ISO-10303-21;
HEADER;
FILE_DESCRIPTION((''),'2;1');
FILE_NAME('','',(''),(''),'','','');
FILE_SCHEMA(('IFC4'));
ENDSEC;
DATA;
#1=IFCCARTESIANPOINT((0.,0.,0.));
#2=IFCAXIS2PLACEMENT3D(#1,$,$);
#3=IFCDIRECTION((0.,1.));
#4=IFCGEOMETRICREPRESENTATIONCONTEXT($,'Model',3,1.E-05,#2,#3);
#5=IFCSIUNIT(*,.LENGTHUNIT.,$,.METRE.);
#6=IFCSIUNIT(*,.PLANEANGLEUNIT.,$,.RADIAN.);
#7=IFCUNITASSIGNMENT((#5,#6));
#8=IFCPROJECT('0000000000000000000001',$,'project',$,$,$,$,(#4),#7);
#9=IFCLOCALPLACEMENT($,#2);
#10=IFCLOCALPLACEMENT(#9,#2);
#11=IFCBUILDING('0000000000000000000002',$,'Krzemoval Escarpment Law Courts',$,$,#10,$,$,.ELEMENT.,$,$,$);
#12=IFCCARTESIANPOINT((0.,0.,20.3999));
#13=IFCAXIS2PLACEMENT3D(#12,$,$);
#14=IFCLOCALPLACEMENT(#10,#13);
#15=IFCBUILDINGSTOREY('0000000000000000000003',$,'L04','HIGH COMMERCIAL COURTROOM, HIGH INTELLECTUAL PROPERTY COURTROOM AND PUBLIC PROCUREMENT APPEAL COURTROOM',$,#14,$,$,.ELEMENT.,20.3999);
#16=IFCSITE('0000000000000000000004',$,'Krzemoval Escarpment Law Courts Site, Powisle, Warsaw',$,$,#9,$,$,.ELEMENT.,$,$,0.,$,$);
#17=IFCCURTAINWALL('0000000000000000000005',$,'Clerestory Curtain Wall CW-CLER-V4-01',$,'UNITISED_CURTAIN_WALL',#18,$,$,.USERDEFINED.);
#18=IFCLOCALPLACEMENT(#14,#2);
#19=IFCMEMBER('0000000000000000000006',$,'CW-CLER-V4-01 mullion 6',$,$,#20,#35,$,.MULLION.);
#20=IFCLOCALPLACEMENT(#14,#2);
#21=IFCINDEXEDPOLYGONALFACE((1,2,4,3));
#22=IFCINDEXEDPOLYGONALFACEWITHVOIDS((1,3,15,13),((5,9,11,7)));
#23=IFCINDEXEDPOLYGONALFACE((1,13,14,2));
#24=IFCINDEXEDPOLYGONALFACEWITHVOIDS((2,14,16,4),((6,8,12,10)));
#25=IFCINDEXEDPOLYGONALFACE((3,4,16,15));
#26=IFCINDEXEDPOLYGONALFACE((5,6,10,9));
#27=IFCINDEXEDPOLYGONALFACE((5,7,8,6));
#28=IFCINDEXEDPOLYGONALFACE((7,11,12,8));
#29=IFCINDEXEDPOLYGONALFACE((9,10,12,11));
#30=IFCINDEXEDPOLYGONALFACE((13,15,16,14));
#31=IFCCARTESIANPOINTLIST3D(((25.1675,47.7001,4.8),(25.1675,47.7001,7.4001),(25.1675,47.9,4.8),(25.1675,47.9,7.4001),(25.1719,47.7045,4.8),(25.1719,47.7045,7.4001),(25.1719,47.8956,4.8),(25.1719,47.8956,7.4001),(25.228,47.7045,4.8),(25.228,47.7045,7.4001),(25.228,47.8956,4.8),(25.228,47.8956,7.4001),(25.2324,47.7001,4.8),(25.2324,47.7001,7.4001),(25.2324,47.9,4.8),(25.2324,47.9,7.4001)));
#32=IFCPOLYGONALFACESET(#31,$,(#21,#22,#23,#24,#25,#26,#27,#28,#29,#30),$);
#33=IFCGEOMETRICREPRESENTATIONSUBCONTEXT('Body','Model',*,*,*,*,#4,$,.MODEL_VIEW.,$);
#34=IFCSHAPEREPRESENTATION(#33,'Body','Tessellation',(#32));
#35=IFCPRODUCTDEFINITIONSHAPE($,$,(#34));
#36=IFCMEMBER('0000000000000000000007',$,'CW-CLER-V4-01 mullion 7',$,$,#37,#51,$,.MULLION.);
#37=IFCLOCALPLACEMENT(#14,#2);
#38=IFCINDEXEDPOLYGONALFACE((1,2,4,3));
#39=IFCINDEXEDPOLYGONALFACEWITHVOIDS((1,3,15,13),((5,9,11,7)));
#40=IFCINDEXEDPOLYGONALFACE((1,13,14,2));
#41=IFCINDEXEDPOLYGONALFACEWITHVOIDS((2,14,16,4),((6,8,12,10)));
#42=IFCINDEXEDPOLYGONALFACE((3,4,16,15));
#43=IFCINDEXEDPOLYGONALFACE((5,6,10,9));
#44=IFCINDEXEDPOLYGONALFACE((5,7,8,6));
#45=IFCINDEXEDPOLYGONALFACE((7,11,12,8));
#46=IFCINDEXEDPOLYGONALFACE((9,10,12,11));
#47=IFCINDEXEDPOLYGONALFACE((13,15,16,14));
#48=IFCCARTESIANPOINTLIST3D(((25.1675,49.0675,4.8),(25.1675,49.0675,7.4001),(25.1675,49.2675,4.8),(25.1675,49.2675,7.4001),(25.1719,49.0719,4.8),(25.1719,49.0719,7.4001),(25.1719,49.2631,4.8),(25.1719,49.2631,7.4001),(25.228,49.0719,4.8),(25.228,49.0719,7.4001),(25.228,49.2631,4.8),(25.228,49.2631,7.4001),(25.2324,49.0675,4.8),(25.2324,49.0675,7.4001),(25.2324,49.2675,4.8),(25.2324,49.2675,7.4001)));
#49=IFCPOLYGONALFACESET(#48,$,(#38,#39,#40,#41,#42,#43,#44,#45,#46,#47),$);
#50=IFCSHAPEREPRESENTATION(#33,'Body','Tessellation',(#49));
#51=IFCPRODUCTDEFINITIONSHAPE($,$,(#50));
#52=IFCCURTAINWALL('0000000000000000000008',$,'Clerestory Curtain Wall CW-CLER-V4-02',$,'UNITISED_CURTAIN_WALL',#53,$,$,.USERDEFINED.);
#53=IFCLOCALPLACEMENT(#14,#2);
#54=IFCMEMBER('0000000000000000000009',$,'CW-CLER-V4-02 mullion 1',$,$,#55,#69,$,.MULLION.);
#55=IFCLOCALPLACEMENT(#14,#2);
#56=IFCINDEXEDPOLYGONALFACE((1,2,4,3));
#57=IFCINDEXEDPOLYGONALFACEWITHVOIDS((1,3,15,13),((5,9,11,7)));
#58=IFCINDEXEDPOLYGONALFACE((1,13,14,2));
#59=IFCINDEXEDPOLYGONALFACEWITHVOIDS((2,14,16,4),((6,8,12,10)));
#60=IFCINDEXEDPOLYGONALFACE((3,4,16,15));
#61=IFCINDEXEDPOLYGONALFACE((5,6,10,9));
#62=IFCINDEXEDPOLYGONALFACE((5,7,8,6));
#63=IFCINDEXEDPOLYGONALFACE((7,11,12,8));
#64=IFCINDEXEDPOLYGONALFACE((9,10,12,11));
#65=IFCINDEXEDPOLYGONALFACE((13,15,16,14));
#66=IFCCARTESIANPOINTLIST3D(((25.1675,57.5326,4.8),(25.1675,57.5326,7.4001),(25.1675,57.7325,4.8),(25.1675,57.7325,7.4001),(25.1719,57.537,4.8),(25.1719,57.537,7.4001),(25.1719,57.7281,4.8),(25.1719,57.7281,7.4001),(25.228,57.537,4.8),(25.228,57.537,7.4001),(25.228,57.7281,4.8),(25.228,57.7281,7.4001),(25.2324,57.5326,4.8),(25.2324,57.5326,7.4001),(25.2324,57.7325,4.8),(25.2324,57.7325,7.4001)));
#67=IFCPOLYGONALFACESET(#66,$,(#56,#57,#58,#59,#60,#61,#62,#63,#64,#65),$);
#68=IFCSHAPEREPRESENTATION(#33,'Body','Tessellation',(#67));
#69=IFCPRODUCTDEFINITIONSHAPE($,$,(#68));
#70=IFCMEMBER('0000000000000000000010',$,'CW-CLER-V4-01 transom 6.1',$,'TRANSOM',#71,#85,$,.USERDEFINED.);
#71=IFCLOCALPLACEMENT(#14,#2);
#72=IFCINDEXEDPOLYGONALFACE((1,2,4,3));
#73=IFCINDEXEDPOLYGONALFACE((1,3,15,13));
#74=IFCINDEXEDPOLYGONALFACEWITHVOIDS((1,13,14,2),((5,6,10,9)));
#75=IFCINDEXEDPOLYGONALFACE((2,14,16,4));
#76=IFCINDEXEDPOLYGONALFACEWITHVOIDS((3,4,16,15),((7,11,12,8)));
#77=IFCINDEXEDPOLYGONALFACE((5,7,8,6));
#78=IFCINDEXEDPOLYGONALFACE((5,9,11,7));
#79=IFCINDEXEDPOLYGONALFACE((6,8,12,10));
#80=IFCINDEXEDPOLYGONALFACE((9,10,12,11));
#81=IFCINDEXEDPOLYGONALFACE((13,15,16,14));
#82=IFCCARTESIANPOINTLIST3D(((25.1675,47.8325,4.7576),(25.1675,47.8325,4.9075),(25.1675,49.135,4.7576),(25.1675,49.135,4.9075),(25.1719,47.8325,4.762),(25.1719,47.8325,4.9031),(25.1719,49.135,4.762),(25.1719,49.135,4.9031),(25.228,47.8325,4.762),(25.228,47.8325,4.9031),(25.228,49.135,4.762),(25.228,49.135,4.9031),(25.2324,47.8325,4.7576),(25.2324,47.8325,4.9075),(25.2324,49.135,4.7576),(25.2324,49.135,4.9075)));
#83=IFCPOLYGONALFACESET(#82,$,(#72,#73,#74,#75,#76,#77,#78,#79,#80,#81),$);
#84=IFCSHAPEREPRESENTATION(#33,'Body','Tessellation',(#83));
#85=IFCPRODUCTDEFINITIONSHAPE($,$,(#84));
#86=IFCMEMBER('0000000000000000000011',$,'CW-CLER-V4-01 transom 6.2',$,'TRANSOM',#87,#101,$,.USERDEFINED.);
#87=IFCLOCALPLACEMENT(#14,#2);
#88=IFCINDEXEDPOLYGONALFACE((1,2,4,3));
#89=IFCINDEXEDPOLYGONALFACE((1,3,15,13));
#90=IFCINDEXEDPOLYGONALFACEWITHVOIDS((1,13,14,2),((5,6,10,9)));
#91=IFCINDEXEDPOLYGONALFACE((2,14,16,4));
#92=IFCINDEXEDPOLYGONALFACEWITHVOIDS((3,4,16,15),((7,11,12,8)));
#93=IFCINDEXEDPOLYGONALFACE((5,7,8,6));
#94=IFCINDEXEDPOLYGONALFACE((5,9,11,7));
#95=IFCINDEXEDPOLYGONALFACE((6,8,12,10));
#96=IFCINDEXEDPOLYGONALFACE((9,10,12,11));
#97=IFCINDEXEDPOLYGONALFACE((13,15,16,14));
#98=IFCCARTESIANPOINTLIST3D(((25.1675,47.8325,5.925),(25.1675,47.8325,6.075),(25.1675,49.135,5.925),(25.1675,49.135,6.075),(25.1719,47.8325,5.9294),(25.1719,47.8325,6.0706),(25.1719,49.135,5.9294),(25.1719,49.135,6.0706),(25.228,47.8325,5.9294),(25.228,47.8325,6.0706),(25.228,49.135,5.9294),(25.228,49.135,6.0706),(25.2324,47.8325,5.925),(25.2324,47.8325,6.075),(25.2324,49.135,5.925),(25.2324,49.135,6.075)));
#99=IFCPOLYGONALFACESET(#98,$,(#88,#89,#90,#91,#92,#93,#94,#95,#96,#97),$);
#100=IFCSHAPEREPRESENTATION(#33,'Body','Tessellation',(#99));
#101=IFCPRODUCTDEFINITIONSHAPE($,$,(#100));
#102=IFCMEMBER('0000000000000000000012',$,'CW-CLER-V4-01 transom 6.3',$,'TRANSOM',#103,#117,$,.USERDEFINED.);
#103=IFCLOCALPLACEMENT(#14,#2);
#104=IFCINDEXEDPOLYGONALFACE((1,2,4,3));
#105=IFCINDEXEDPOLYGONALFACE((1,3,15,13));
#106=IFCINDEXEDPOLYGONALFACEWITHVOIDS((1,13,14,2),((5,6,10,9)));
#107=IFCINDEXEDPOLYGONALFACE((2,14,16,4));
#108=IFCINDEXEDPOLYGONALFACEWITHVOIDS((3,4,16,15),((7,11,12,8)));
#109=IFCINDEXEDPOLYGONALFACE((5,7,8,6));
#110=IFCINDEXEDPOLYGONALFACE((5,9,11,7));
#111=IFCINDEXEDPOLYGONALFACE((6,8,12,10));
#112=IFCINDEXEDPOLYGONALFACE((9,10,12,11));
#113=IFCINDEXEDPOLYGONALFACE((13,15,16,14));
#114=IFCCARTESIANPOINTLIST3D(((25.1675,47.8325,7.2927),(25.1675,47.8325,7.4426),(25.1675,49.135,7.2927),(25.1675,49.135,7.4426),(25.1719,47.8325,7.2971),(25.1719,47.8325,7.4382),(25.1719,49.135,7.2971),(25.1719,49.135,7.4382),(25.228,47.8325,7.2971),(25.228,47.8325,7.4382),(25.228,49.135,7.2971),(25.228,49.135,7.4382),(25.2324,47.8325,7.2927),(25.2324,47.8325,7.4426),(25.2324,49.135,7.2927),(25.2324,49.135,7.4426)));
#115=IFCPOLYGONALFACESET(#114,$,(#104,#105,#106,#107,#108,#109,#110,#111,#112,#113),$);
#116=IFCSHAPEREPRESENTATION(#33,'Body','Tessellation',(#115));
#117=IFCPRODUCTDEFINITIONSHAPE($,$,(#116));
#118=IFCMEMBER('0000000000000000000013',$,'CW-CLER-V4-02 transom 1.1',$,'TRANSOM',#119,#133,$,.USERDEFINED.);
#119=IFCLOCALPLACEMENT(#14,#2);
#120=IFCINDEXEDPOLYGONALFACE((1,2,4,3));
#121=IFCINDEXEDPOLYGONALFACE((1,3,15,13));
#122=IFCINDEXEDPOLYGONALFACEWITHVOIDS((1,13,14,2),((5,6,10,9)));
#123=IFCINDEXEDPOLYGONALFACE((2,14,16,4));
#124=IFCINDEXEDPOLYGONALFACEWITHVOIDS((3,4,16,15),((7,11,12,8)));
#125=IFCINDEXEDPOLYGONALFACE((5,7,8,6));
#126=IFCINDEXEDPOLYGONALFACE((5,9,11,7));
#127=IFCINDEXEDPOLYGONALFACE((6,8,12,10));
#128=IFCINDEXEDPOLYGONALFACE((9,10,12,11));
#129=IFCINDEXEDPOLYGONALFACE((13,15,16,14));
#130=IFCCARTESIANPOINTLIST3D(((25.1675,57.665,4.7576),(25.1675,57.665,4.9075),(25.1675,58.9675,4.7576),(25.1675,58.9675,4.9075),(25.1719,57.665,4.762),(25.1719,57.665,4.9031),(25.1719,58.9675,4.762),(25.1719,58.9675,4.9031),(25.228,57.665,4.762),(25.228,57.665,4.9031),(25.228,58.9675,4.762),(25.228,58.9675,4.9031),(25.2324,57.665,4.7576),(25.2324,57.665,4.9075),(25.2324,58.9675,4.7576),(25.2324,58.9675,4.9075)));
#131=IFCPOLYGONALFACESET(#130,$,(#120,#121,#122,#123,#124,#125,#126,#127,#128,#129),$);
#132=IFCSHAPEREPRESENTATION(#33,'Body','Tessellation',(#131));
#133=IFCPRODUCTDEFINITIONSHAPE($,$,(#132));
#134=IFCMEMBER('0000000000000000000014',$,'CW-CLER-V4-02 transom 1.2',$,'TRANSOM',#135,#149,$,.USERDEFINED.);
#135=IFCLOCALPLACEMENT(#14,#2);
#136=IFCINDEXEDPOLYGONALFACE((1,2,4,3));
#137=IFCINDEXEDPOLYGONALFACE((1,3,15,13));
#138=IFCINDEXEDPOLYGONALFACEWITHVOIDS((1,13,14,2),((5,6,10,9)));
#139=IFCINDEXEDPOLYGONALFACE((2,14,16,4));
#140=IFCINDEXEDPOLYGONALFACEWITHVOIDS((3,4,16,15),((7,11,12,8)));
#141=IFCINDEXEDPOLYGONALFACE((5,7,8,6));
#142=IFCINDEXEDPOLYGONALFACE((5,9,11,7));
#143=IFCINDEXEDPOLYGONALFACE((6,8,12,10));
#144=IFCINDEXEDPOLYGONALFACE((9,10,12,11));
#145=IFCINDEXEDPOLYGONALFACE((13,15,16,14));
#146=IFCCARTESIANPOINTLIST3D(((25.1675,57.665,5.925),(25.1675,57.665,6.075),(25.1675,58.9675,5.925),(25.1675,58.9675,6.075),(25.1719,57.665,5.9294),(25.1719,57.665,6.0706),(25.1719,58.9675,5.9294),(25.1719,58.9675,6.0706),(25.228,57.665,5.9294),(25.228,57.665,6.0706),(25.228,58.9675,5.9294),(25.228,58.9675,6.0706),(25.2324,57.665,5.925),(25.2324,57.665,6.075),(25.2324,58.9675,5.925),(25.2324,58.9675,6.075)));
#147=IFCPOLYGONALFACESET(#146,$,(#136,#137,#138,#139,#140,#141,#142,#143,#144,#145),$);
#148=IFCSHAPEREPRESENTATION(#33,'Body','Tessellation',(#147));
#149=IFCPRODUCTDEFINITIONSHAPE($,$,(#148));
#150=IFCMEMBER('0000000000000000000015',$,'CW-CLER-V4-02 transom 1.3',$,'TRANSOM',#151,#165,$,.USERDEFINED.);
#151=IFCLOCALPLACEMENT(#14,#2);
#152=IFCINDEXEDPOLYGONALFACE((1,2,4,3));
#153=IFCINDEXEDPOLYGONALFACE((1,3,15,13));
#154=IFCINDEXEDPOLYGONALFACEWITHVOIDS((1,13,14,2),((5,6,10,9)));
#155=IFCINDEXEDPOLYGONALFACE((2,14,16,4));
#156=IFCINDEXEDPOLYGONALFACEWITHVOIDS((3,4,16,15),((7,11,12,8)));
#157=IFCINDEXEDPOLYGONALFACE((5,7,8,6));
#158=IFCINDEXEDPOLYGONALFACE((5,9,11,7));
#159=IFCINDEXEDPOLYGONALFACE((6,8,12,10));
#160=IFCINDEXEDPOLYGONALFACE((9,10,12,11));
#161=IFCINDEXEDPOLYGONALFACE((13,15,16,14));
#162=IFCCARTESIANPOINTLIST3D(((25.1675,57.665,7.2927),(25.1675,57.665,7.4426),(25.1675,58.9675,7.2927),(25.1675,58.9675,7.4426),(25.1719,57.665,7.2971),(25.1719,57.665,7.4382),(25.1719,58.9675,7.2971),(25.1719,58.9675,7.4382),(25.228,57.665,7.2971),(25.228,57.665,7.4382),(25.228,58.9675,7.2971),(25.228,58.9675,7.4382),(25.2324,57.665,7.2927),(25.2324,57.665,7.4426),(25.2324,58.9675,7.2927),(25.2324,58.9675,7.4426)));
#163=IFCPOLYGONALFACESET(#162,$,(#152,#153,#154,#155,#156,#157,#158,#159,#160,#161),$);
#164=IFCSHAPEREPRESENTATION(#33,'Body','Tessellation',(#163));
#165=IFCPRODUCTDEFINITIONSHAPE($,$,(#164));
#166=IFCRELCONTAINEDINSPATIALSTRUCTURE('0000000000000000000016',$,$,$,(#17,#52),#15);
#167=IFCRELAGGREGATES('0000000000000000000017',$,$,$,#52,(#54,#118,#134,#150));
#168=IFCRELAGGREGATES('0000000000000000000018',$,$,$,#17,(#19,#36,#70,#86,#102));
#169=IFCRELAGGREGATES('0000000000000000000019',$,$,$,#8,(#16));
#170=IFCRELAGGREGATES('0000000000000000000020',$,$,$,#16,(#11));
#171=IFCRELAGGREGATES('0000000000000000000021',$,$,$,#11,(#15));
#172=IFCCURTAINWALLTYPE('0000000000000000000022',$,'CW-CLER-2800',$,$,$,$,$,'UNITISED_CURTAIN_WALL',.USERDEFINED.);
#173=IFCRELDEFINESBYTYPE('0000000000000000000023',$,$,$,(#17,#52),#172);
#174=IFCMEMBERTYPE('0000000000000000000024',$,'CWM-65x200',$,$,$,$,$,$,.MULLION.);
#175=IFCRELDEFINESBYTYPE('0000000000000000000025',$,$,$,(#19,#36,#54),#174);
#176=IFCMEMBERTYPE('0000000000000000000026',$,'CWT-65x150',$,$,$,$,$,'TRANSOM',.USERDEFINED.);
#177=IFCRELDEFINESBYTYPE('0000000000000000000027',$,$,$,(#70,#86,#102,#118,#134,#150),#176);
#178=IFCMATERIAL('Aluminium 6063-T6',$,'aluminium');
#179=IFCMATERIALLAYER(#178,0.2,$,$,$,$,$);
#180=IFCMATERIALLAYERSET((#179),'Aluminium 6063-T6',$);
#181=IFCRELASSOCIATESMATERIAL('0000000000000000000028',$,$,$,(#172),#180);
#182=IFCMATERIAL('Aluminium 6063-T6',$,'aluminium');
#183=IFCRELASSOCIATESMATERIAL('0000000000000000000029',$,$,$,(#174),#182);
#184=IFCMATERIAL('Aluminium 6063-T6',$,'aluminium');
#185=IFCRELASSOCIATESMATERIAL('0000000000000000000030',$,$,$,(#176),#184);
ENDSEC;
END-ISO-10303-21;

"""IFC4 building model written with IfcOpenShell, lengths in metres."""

from ifc_helpers import new_model, si_unit, direction, frame, origin, origin_2d, place, context, subcontext, project, spatial, hollow_rectangle, extrude, material, layer, layer_set, material_profile, profile_set, type_object, element, aggregate, save


model = new_model("IFC4")

# Units and contexts
model_context = context("Model", 3, precision=1e-05, world=origin(), true_north=direction((0.0, 1.0)))
body_context = subcontext(model_context, "Body", "Model", "MODEL_VIEW")
ifc_project = project(units=[si_unit("LENGTHUNIT", "METRE"), si_unit("PLANEANGLEUNIT", "RADIAN")], contexts=[model_context])

# Site, building, storey
site_placement = place(None, origin())
site = spatial("IfcSite", under=ifc_project, at=site_placement, Name="Krzemoval Escarpment Law Courts Site, Powisle, Warsaw", CompositionType="ELEMENT", RefElevation=0.0)
building_placement = place(site_placement, origin())
building = spatial("IfcBuilding", under=site, at=building_placement, Name="Krzemoval Escarpment Law Courts", CompositionType="ELEMENT")
storey_placement = place(building_placement, frame((0.0, 0.0, 20.3999)))
storey = spatial("IfcBuildingStorey", under=building, at=storey_placement, Name="L04", Description="HIGH COMMERCIAL COURTROOM, HIGH INTELLECTUAL PROPERTY COURTROOM AND PUBLIC PROCUREMENT APPEAL COURTROOM", CompositionType="ELEMENT", Elevation=20.3999)

# Curtain wall, members
ifc_material_1 = material(Name="Aluminium 6063-T6", Category="aluminium")
ifc_layer_1 = layer(ifc_material_1, 0.2)
ifc_layer_set_1 = layer_set([ifc_layer_1], Name="Aluminium 6063-T6")
curtain_wall_type = type_object("IfcCurtainWallType", Name="CW-CLER-2800", ElementType="UNITISED_CURTAIN_WALL", PredefinedType="USERDEFINED", material=ifc_layer_set_1)
curtain_wall_1_placement = place(storey_placement, origin())
curtain_wall_1 = element("IfcCurtainWall", 1, at=curtain_wall_1_placement, inside=storey, type_object=curtain_wall_type, Name="Clerestory Curtain Wall CW-CLER-V4-01", ObjectType="UNITISED_CURTAIN_WALL", PredefinedType="USERDEFINED")
ifc_material_2 = material(Name="Aluminium 6063-T6", Category="aluminium")
ifc_material_profile_1 = material_profile(ifc_material_2, hollow_rectangle(XDim=0.0649, YDim=0.2, WallThickness=0.0044, at=origin_2d()), Name="ALU M65x200")
ifc_profile_set_1 = profile_set([ifc_material_profile_1], Name="Aluminium 6063-T6")
member_type_1 = type_object("IfcMemberType", Name="CWM-65x200", PredefinedType="MULLION", material=ifc_profile_set_1)
member_1_placement = place(storey_placement, frame((25.2, 47.8, 4.8), z_axis=(0.0, 0.0, 1.0), x_axis=(-1.0, 0.0, 0.0)))
member_1 = element("IfcMember", 2, at=member_1_placement, type_object=member_type_1, Name="CW-CLER-V4-01 mullion 6", PredefinedType="MULLION", context=body_context, shape_type="SweptSolid", body=[
    extrude(hollow_rectangle(XDim=0.0649, YDim=0.2, WallThickness=0.0044, at=origin_2d()), origin(), (0.0, 0.0, 1.0), 2.6001),
])
member_2_placement = place(storey_placement, frame((25.2, 49.1675, 4.8), z_axis=(0.0, 0.0, 1.0), x_axis=(-1.0, 0.0, 0.0)))
member_2 = element("IfcMember", 3, at=member_2_placement, type_object=member_type_1, Name="CW-CLER-V4-01 mullion 7", PredefinedType="MULLION", context=body_context, shape_type="SweptSolid", body=[
    extrude(hollow_rectangle(XDim=0.0649, YDim=0.2, WallThickness=0.0044, at=origin_2d()), origin(), (0.0, 0.0, 1.0), 2.6001),
])

# Curtain wall, member
curtain_wall_2_placement = place(storey_placement, origin())
curtain_wall_2 = element("IfcCurtainWall", 4, at=curtain_wall_2_placement, inside=storey, type_object=curtain_wall_type, Name="Clerestory Curtain Wall CW-CLER-V4-02", ObjectType="UNITISED_CURTAIN_WALL", PredefinedType="USERDEFINED")
member_3_placement = place(storey_placement, frame((25.2, 57.6326, 4.8), z_axis=(0.0, 0.0, 1.0), x_axis=(-1.0, 0.0, 0.0)))
member_3 = element("IfcMember", 5, at=member_3_placement, type_object=member_type_1, Name="CW-CLER-V4-02 mullion 1", PredefinedType="MULLION", context=body_context, shape_type="SweptSolid", body=[
    extrude(hollow_rectangle(XDim=0.0649, YDim=0.2, WallThickness=0.0044, at=origin_2d()), origin(), (0.0, 0.0, 1.0), 2.6001),
])

# Members
ifc_material_3 = material(Name="Aluminium 6063-T6", Category="aluminium")
ifc_material_profile_2 = material_profile(ifc_material_3, hollow_rectangle(XDim=0.0649, YDim=0.1499, WallThickness=0.0044, at=origin_2d()), Name="ALU T65x150")
ifc_profile_set_2 = profile_set([ifc_material_profile_2], Name="Aluminium 6063-T6")
member_type_2 = type_object("IfcMemberType", Name="CWT-65x150", ElementType="TRANSOM", PredefinedType="USERDEFINED", material=ifc_profile_set_2)
member_4_placement = place(storey_placement, frame((25.2, 47.8325, 4.8325), z_axis=(0.0, 1.0, 0.0), x_axis=(-1.0, 0.0, 0.0)))
member_4 = element("IfcMember", 6, at=member_4_placement, type_object=member_type_2, Name="CW-CLER-V4-01 transom 6.1", ObjectType="TRANSOM", PredefinedType="USERDEFINED", context=body_context, shape_type="SweptSolid", body=[
    extrude(hollow_rectangle(XDim=0.0649, YDim=0.1499, WallThickness=0.0044, at=origin_2d()), origin(), (0.0, 0.0, 1.0), 1.3025),
])
member_5_placement = place(storey_placement, frame((25.2, 47.8325, 6.0), z_axis=(0.0, 1.0, 0.0), x_axis=(-1.0, 0.0, 0.0)))
member_5 = element("IfcMember", 7, at=member_5_placement, type_object=member_type_2, Name="CW-CLER-V4-01 transom 6.2", ObjectType="TRANSOM", PredefinedType="USERDEFINED", context=body_context, shape_type="SweptSolid", body=[
    extrude(hollow_rectangle(XDim=0.0649, YDim=0.1499, WallThickness=0.0044, at=origin_2d()), origin(), (0.0, 0.0, 1.0), 1.3025),
])
member_6_placement = place(storey_placement, frame((25.2, 47.8325, 7.3677), z_axis=(0.0, 1.0, 0.0), x_axis=(-1.0, 0.0, 0.0)))
member_6 = element("IfcMember", 8, at=member_6_placement, type_object=member_type_2, Name="CW-CLER-V4-01 transom 6.3", ObjectType="TRANSOM", PredefinedType="USERDEFINED", context=body_context, shape_type="SweptSolid", body=[
    extrude(hollow_rectangle(XDim=0.0649, YDim=0.1499, WallThickness=0.0044, at=origin_2d()), origin(), (0.0, 0.0, 1.0), 1.3025),
])
member_7_placement = place(storey_placement, frame((25.2, 57.665, 4.8325), z_axis=(0.0, 1.0, 0.0), x_axis=(-1.0, 0.0, 0.0)))
member_7 = element("IfcMember", 9, at=member_7_placement, type_object=member_type_2, Name="CW-CLER-V4-02 transom 1.1", ObjectType="TRANSOM", PredefinedType="USERDEFINED", context=body_context, shape_type="SweptSolid", body=[
    extrude(hollow_rectangle(XDim=0.0649, YDim=0.1499, WallThickness=0.0044, at=origin_2d()), origin(), (0.0, 0.0, 1.0), 1.3025),
])
member_8_placement = place(storey_placement, frame((25.2, 57.665, 6.0), z_axis=(0.0, 1.0, 0.0), x_axis=(-1.0, 0.0, 0.0)))
member_8 = element("IfcMember", 10, at=member_8_placement, type_object=member_type_2, Name="CW-CLER-V4-02 transom 1.2", ObjectType="TRANSOM", PredefinedType="USERDEFINED", context=body_context, shape_type="SweptSolid", body=[
    extrude(hollow_rectangle(XDim=0.0649, YDim=0.1499, WallThickness=0.0044, at=origin_2d()), origin(), (0.0, 0.0, 1.0), 1.3025),
])
member_9_placement = place(storey_placement, frame((25.2, 57.665, 7.3677), z_axis=(0.0, 1.0, 0.0), x_axis=(-1.0, 0.0, 0.0)))
member_9 = element("IfcMember", 11, at=member_9_placement, type_object=member_type_2, Name="CW-CLER-V4-02 transom 1.3", ObjectType="TRANSOM", PredefinedType="USERDEFINED", context=body_context, shape_type="SweptSolid", body=[
    extrude(hollow_rectangle(XDim=0.0649, YDim=0.1499, WallThickness=0.0044, at=origin_2d()), origin(), (0.0, 0.0, 1.0), 1.3025),
])
aggregate(curtain_wall_2, [member_3, member_7, member_8, member_9])

aggregate(curtain_wall_1, [member_1, member_2, member_4, member_5, member_6])

save(model, "model.ifc")
